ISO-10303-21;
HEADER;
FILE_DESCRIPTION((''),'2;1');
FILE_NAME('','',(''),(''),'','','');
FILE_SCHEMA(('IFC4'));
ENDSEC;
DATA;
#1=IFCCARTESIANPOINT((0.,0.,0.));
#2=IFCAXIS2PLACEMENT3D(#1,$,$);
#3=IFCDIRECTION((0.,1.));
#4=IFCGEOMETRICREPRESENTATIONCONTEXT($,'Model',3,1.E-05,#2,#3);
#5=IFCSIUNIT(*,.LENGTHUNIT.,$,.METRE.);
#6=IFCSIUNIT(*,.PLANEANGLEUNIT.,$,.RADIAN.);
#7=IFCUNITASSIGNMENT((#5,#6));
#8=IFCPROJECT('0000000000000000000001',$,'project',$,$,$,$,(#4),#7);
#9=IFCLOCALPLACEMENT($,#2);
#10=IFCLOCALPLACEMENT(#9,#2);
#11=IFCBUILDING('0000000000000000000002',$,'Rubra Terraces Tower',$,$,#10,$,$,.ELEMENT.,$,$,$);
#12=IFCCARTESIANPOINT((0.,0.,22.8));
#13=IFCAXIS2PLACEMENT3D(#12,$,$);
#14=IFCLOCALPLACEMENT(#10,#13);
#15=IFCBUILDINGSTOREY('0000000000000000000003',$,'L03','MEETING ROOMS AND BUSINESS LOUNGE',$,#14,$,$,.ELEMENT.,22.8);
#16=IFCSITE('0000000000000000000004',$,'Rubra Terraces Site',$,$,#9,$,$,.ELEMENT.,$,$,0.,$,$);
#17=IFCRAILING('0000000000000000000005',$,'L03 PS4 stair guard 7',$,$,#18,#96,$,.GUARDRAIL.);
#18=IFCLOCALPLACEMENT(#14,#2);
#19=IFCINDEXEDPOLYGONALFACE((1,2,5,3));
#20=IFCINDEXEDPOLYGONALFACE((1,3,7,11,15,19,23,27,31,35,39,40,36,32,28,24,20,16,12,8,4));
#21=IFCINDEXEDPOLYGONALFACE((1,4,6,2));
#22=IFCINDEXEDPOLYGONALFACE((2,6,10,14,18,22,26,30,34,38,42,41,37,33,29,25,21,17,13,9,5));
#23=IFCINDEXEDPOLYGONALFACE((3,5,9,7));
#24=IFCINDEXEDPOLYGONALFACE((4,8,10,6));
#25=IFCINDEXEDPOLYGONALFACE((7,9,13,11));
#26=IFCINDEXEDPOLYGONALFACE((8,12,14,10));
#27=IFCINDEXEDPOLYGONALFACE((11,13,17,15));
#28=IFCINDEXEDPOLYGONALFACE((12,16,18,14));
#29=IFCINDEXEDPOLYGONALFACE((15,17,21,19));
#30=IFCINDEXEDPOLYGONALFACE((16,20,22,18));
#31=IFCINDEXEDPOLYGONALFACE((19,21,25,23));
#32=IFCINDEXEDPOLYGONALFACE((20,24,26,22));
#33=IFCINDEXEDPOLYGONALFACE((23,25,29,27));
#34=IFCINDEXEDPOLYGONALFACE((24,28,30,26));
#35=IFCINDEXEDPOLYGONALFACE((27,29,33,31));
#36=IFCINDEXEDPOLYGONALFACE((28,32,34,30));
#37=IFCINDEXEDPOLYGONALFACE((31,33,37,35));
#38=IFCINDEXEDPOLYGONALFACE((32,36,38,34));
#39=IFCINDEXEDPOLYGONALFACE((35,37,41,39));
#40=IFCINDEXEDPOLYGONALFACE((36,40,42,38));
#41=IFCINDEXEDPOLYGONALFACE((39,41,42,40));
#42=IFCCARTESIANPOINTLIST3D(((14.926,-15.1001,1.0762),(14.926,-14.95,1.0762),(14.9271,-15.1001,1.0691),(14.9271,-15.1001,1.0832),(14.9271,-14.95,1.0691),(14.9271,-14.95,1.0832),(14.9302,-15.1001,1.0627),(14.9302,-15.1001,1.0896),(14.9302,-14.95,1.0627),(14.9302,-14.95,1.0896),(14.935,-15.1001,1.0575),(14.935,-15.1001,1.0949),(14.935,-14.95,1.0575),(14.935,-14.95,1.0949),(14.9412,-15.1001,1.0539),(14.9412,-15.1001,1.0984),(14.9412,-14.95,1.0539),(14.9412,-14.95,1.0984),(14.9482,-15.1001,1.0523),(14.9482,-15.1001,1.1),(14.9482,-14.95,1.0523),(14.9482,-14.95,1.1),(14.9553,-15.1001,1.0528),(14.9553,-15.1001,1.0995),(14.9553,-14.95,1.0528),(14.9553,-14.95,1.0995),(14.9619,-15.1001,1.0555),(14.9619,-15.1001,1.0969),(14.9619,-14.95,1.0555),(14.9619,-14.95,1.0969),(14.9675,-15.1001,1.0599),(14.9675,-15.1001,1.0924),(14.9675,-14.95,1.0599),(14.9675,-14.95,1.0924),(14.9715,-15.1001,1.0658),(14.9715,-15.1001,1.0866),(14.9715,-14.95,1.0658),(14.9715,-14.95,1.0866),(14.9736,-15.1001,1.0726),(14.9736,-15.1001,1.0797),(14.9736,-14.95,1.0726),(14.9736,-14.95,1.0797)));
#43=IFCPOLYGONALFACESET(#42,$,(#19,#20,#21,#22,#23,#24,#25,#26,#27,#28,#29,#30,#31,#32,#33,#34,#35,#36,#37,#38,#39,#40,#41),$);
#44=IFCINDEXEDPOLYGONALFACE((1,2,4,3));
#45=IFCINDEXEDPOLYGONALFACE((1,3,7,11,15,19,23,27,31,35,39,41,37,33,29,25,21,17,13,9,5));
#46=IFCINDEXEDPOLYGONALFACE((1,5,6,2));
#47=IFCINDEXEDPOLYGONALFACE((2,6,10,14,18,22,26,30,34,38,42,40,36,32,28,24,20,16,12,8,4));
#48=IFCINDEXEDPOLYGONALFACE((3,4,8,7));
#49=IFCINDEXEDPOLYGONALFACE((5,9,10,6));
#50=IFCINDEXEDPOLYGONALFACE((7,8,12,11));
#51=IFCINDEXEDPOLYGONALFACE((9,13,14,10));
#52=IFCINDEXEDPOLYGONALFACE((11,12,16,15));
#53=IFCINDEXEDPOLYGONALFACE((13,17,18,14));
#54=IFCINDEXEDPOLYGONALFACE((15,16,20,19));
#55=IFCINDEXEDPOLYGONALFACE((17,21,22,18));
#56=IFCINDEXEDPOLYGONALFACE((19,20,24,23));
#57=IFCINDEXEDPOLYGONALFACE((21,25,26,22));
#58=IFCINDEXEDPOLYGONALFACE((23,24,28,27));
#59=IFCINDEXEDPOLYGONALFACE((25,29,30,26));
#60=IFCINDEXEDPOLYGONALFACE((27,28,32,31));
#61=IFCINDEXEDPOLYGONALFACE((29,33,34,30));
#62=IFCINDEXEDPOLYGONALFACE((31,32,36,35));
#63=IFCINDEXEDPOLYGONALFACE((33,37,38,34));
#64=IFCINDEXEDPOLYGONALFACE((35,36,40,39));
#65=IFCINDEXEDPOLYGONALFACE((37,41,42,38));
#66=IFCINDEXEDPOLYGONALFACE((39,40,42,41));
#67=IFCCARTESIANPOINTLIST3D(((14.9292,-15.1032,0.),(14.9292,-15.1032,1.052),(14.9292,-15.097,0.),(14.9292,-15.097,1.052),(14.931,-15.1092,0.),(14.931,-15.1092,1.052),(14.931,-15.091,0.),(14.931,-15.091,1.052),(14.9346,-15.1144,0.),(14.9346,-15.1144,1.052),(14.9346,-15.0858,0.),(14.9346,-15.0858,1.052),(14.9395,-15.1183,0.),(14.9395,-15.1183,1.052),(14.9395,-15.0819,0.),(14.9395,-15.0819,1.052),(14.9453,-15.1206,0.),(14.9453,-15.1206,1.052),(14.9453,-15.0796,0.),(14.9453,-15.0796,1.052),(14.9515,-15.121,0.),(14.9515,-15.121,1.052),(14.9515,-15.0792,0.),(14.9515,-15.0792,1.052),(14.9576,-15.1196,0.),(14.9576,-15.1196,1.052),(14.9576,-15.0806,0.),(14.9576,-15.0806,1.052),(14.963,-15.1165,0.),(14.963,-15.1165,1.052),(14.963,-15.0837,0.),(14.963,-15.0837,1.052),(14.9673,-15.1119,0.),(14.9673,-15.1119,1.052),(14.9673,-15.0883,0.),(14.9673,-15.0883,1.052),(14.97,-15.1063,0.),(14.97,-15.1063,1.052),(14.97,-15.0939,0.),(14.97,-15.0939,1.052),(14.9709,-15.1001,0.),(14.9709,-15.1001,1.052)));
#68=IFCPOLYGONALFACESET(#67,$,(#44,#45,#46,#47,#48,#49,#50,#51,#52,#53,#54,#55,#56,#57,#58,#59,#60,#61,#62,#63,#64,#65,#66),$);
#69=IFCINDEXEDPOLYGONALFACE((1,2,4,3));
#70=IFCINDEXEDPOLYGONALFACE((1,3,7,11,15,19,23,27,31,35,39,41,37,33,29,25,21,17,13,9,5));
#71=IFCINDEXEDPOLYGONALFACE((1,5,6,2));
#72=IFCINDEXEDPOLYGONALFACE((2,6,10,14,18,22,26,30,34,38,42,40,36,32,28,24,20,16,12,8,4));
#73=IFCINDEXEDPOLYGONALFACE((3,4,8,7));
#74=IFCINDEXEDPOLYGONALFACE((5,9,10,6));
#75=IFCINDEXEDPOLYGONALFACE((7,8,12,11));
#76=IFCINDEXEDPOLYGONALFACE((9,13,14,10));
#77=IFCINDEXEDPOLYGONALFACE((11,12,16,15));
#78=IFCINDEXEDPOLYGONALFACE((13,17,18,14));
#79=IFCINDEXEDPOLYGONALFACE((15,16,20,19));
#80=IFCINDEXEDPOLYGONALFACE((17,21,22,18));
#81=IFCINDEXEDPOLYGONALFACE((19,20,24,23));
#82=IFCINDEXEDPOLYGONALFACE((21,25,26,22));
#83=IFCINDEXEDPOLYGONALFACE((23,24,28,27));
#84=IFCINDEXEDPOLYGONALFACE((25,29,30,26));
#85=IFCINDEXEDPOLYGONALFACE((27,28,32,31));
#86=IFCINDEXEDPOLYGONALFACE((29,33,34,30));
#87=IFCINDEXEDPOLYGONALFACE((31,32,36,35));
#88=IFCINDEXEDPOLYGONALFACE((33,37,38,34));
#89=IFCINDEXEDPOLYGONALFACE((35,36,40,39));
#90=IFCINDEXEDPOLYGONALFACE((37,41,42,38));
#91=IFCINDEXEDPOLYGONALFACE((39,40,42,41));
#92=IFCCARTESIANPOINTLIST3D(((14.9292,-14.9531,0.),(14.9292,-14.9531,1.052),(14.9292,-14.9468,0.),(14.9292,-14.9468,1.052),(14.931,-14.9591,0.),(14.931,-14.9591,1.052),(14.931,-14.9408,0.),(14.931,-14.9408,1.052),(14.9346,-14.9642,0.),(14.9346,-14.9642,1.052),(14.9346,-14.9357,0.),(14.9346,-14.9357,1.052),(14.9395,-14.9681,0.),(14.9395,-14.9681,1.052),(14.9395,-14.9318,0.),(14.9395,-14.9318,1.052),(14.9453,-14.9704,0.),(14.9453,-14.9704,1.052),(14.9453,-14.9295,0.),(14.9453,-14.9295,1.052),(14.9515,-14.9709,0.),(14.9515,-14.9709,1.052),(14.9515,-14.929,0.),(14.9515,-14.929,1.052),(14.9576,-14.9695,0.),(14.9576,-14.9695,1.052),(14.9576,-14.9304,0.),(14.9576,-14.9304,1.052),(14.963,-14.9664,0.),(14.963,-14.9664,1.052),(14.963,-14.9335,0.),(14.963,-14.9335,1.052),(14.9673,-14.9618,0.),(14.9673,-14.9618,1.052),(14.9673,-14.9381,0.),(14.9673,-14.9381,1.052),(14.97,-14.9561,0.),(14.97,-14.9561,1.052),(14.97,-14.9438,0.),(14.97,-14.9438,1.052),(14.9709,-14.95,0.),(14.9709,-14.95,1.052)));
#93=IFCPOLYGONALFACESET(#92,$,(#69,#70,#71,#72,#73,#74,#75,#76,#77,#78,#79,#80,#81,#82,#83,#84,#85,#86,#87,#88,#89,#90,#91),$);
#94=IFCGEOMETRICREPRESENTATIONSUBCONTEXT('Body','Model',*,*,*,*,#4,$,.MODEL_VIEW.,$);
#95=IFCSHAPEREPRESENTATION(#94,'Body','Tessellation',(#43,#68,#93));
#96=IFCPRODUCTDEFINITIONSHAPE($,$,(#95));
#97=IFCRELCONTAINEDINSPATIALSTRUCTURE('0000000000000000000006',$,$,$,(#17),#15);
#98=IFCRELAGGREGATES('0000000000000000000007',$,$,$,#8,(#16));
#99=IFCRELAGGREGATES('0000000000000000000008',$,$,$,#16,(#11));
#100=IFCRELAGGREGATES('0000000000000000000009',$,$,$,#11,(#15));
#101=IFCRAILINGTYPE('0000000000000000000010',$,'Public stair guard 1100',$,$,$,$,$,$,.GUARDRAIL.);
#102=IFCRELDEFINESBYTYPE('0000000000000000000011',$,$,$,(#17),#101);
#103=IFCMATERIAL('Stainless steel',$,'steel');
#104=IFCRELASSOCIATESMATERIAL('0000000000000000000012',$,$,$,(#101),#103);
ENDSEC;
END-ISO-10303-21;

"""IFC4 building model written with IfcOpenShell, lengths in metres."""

from ifc_helpers import new_model, si_unit, direction, frame, origin, origin_2d, place, context, subcontext, project, spatial, circle, extrude, material, type_object, element, save


model = new_model("IFC4")

# Units and contexts
model_context = context("Model", 3, precision=1e-05, world=origin(), true_north=direction((0.0, 1.0)))
body_context = subcontext(model_context, "Body", "Model", "MODEL_VIEW")
ifc_project = project(units=[si_unit("LENGTHUNIT", "METRE"), si_unit("PLANEANGLEUNIT", "RADIAN")], contexts=[model_context])

# Site, building, storey
site_placement = place(None, origin())
site = spatial("IfcSite", under=ifc_project, at=site_placement, Name="Rubra Terraces Site", CompositionType="ELEMENT", RefElevation=0.0)
building_placement = place(site_placement, origin())
building = spatial("IfcBuilding", under=site, at=building_placement, Name="Rubra Terraces Tower", CompositionType="ELEMENT")
storey_placement = place(building_placement, frame((0.0, 0.0, 22.8)))
storey = spatial("IfcBuildingStorey", under=building, at=storey_placement, Name="L03", Description="MEETING ROOMS AND BUSINESS LOUNGE", CompositionType="ELEMENT", Elevation=22.8)

# Railing
ifc_material_1 = material(Name="Stainless steel", Category="steel")
railing_type_1 = type_object("IfcRailingType", Name="Public stair guard 1100", PredefinedType="GUARDRAIL", material=ifc_material_1)
railing_1_placement = place(storey_placement, frame((14.95, -15.1001, 0.0)))
element("IfcRailing", 1, at=railing_1_placement, inside=storey, type_object=railing_type_1, Name="L03 PS4 stair guard 7", PredefinedType="GUARDRAIL", context=body_context, shape_type="SweptSolid", body=[
    extrude(circle(Radius=0.0239, at=origin_2d()), frame((0.0, 0.0, 1.0762), z_axis=(0.0, 1.0, 0.0), x_axis=(-1.0, 0.0, 0.0)), (0.0, 0.0, 1.0), 0.1501),
    extrude(circle(Radius=0.021, at=origin_2d()), origin(), (0.0, 0.0, 1.0), 1.052),
    extrude(circle(Radius=0.021, at=origin_2d()), frame((0.0, 0.1501, 0.0)), (0.0, 0.0, 1.0), 1.052),
])

save(model, "model.ifc")
